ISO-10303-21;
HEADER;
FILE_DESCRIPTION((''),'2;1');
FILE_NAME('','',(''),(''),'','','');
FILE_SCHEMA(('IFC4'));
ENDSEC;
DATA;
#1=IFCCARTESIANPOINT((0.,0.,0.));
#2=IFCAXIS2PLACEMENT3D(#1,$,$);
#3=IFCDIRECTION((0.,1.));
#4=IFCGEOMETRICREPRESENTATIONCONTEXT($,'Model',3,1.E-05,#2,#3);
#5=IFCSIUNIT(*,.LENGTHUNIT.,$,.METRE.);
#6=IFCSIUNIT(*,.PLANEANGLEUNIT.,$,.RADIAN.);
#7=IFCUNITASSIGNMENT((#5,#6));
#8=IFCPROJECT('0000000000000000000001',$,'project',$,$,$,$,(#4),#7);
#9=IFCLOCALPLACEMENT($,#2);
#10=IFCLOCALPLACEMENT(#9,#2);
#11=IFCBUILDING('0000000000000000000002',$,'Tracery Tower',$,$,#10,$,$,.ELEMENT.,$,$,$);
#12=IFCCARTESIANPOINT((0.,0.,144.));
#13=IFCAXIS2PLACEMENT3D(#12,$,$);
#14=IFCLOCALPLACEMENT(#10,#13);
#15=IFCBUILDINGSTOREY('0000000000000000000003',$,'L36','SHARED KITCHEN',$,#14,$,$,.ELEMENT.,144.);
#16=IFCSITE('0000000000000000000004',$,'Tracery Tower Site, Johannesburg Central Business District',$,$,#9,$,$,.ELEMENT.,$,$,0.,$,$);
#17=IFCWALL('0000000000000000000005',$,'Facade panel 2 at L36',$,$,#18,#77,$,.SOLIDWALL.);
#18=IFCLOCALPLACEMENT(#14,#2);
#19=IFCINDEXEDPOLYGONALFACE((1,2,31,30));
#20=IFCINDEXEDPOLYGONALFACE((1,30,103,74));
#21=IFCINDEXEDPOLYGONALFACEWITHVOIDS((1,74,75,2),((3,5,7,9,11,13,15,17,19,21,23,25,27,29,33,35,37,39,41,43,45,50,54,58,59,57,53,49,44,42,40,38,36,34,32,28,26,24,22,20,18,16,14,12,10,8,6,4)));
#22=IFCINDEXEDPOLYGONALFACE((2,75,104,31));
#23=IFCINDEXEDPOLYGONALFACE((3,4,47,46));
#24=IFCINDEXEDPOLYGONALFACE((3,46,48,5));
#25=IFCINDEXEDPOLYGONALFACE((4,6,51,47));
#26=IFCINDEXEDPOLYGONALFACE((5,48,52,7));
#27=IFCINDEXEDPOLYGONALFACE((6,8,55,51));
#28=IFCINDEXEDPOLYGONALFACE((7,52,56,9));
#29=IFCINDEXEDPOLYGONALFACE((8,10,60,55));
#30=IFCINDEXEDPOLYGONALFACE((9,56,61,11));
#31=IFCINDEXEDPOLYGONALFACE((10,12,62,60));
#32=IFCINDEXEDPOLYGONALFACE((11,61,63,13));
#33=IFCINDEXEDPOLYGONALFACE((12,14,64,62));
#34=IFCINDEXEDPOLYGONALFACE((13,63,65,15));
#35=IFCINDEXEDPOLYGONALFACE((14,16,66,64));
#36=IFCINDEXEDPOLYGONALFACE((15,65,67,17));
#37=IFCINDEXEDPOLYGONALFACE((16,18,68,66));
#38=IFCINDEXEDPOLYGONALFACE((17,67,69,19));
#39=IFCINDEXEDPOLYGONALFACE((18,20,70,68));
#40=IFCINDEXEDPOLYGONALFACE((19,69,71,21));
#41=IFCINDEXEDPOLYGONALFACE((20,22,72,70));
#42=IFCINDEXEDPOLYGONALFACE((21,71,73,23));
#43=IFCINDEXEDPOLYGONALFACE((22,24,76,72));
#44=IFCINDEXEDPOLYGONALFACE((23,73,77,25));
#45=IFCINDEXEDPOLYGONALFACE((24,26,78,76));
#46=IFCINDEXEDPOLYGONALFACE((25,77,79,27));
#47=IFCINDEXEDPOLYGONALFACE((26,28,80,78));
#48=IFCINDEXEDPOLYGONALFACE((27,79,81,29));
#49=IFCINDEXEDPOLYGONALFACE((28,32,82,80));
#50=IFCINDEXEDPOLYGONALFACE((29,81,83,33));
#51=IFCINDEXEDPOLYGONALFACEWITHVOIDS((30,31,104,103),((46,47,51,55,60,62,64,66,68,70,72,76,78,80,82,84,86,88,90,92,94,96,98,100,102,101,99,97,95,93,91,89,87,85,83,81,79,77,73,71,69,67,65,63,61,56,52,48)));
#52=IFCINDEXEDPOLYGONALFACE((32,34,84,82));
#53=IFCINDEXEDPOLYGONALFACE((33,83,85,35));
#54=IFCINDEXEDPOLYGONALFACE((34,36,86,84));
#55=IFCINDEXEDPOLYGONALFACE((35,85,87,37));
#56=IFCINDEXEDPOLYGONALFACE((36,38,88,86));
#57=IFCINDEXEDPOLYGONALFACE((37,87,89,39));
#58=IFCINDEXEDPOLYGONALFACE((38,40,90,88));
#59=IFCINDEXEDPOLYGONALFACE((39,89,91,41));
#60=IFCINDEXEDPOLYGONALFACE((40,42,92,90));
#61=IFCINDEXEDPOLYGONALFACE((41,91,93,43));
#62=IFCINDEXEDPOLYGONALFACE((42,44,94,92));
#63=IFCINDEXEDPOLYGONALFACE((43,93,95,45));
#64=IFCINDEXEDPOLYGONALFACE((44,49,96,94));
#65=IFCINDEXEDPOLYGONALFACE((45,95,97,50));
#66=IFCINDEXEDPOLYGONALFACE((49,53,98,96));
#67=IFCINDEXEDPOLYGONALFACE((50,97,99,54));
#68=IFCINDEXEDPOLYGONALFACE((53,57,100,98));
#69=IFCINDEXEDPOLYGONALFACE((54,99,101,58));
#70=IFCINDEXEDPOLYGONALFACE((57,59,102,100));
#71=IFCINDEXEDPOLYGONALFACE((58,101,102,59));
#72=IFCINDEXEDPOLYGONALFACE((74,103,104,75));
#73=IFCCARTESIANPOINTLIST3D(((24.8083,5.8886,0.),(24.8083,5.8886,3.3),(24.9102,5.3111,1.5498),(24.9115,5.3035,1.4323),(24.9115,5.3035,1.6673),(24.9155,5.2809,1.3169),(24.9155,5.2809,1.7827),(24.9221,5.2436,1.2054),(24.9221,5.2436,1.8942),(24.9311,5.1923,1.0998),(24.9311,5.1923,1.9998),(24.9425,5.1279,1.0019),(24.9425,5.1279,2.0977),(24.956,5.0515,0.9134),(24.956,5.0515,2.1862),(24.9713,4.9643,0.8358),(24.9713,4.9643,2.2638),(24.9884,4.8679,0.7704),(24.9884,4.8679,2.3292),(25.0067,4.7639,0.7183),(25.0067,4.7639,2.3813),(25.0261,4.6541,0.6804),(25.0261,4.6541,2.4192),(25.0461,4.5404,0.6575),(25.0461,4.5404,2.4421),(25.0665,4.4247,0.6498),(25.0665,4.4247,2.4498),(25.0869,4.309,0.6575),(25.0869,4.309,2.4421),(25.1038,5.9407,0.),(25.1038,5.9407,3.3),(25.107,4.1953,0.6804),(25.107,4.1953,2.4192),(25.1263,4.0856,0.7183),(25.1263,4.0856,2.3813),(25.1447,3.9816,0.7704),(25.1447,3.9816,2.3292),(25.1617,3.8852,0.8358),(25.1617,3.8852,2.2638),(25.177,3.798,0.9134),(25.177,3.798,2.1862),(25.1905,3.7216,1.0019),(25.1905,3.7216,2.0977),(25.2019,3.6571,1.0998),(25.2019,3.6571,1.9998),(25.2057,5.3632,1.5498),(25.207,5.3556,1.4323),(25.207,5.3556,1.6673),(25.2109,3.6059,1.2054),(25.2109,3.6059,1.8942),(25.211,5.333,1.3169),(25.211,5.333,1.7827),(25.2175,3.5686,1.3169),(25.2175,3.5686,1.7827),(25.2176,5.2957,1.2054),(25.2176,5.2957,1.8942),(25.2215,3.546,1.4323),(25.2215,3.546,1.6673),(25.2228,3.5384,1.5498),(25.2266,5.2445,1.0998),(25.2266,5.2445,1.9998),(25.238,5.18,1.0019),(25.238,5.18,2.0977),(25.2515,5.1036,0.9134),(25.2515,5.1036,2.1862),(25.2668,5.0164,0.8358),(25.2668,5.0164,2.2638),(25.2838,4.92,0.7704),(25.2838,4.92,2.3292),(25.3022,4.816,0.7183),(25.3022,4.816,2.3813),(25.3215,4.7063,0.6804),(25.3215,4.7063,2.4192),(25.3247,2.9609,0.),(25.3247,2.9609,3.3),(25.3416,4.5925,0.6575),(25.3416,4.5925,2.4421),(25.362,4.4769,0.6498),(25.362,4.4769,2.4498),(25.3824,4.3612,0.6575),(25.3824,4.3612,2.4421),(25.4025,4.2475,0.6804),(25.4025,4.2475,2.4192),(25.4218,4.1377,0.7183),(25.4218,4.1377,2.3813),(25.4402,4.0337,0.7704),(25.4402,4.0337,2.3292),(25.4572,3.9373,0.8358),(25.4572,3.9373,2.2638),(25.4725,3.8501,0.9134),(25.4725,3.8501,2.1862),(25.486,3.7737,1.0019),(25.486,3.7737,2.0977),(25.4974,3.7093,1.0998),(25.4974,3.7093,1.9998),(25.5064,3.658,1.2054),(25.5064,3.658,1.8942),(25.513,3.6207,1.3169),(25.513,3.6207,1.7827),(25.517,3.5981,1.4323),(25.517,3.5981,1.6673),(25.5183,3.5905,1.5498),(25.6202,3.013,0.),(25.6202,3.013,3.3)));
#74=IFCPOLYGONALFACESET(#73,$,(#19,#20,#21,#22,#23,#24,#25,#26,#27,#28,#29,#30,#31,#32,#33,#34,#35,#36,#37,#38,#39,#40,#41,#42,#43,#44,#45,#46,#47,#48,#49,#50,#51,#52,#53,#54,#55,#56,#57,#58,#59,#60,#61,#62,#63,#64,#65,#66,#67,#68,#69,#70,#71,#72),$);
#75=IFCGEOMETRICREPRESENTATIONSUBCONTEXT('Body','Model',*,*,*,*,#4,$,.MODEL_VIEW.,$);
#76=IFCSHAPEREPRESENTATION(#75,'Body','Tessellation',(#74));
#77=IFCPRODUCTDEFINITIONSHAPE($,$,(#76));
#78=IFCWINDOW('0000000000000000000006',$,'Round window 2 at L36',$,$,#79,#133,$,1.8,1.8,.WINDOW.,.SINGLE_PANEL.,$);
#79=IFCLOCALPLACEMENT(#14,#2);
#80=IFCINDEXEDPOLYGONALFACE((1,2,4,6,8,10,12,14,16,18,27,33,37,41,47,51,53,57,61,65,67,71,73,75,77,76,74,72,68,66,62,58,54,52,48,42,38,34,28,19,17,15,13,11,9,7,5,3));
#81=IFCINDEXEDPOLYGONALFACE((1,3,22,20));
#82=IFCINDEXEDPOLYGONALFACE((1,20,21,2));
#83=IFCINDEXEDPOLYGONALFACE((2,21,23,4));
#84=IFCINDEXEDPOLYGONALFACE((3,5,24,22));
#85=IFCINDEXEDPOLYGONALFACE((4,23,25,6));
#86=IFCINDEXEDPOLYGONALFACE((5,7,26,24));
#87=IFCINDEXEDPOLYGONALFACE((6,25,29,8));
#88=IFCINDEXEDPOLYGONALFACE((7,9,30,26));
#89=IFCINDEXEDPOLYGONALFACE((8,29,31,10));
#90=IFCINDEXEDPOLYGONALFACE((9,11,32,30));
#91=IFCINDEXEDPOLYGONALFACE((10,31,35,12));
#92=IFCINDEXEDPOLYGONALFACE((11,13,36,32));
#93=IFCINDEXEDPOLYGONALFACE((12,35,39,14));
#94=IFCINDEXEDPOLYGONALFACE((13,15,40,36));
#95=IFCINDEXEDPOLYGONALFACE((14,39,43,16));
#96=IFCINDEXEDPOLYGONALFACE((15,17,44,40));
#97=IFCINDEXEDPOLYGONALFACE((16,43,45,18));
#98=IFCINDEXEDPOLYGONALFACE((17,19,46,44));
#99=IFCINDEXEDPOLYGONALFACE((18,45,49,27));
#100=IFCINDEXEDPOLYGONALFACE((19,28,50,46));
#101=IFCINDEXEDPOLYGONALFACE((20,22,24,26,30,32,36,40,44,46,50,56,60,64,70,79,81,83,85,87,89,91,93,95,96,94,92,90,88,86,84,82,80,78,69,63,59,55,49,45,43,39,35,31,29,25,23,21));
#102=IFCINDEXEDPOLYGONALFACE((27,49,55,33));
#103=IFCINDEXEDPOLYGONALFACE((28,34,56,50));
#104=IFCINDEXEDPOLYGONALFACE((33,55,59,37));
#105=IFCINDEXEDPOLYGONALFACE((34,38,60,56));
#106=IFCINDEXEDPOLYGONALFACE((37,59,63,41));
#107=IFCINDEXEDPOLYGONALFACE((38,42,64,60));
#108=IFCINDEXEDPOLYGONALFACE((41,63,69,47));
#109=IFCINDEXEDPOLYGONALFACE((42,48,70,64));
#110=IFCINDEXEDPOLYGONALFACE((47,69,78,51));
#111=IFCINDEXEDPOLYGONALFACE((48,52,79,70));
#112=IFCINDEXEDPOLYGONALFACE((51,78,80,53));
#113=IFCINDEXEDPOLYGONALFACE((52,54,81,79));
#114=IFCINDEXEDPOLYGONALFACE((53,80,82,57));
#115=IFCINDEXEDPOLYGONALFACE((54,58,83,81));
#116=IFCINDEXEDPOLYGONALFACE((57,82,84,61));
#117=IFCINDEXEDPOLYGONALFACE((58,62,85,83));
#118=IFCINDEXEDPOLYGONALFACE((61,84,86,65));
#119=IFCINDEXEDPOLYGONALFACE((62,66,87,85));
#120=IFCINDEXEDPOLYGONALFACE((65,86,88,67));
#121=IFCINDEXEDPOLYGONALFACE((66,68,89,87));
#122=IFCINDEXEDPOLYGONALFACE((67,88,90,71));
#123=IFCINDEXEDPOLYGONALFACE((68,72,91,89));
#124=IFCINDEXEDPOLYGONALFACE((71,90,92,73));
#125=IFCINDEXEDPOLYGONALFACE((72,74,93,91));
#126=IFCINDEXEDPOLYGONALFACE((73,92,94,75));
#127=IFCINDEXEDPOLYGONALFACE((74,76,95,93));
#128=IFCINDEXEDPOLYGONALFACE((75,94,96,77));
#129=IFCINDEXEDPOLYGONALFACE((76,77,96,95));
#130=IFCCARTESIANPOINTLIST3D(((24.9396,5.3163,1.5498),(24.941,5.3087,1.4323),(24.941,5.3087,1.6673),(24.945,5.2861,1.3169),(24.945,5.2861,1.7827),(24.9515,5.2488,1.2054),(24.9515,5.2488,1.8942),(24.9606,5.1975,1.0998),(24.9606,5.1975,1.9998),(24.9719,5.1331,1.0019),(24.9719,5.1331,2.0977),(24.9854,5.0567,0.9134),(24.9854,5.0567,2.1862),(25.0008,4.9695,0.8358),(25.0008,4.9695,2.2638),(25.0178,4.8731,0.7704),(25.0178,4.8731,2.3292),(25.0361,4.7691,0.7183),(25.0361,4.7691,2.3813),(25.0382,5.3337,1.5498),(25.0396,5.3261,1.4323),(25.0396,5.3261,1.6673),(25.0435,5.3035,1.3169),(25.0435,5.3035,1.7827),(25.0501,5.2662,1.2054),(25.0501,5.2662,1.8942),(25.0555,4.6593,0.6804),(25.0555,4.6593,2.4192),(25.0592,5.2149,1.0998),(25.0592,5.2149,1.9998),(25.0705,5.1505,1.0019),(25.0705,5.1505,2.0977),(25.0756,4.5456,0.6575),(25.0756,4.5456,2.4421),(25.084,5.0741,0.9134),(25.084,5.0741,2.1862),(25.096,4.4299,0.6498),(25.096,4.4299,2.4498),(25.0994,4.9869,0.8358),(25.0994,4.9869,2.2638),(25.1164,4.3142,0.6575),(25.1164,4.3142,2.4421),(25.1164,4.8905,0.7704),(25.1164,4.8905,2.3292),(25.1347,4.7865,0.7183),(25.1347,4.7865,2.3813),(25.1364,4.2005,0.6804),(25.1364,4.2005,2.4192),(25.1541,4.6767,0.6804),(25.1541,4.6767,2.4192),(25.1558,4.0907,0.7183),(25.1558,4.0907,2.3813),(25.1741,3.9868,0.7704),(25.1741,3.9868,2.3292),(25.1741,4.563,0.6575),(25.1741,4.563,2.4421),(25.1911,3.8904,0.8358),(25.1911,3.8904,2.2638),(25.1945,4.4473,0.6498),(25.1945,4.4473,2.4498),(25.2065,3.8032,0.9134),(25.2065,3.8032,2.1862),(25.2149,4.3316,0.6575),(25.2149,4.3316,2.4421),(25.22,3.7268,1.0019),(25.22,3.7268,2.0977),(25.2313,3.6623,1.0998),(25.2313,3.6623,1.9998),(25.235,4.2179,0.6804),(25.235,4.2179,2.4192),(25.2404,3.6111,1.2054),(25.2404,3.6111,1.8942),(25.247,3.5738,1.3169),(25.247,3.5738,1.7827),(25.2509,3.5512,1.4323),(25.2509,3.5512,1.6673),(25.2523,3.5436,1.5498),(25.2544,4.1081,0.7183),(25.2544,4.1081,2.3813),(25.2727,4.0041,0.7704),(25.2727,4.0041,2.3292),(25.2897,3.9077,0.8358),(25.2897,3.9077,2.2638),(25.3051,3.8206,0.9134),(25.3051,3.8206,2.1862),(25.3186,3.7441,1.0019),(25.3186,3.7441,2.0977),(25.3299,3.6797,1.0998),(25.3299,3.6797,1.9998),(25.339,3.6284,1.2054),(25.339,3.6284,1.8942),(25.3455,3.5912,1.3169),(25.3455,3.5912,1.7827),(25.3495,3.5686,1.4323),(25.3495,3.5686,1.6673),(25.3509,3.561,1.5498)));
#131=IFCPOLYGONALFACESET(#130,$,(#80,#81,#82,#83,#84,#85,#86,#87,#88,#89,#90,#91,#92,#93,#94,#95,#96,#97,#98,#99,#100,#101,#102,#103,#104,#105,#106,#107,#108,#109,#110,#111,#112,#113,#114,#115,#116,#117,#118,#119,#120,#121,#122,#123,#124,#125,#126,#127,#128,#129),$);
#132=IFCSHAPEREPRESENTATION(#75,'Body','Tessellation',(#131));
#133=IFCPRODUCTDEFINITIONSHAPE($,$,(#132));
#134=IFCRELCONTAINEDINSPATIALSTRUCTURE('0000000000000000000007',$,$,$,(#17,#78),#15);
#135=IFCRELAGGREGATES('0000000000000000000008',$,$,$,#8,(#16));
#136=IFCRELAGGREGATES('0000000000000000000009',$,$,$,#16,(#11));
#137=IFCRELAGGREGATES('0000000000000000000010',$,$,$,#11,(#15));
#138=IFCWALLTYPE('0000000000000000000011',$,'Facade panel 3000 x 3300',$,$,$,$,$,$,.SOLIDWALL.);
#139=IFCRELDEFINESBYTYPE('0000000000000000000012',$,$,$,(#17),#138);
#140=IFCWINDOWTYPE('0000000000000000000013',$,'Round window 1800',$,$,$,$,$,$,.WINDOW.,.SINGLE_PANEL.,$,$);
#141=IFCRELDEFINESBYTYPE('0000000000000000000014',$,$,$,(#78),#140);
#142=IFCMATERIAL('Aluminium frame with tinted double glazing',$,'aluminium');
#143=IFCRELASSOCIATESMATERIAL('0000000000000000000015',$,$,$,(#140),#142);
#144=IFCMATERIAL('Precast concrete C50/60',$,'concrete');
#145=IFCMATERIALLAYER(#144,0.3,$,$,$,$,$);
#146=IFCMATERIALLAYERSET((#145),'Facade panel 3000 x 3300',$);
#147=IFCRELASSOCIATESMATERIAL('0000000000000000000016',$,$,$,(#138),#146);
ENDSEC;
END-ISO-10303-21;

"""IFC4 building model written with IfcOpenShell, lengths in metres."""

from ifc_helpers import new_model, si_unit, direction, frame, frame_2d, origin, origin_2d, place, context, subcontext, project, spatial, rectangle, circle, extrude, material, layer, layer_set, type_object, element, fill, save


model = new_model("IFC4")

# Units and contexts
model_context = context("Model", 3, precision=1e-05, world=origin(), true_north=direction((0.0, 1.0)))
body_context = subcontext(model_context, "Body", "Model", "MODEL_VIEW")
ifc_project = project(units=[si_unit("LENGTHUNIT", "METRE"), si_unit("PLANEANGLEUNIT", "RADIAN")], contexts=[model_context])

# Site, building, storey
site_placement = place(None, origin())
site = spatial("IfcSite", under=ifc_project, at=site_placement, Name="Tracery Tower Site, Johannesburg Central Business District", CompositionType="ELEMENT", RefElevation=0.0)
building_placement = place(site_placement, origin())
building = spatial("IfcBuilding", under=site, at=building_placement, Name="Tracery Tower", CompositionType="ELEMENT")
storey_placement = place(building_placement, frame((0.0, 0.0, 144.0)))
storey = spatial("IfcBuildingStorey", under=building, at=storey_placement, Name="L36", Description="SHARED KITCHEN", CompositionType="ELEMENT", Elevation=144.0)

# Wall, opening, window
ifc_material_1 = material(Name="Aluminium frame with tinted double glazing", Category="aluminium")
window_type = type_object("IfcWindowType", Name="Round window 1800", PartitioningType="SINGLE_PANEL", PredefinedType="WINDOW", material=ifc_material_1)
ifc_material_2 = material(Name="Precast concrete C50/60", Category="concrete")
ifc_layer_1 = layer(ifc_material_2, 0.3)
ifc_layer_set_1 = layer_set([ifc_layer_1], Name="Facade panel 3000 x 3300")
wall_type_1 = type_object("IfcWallType", Name="Facade panel 3000 x 3300", PredefinedType="SOLIDWALL", material=ifc_layer_set_1)
wall_1_placement = place(storey_placement, frame((25.4724, 2.9871, 0.0), z_axis=(0.0, 0.0, 1.0), x_axis=(-0.173687, 0.984801, 0.0)))
wall_1 = element("IfcWall", 1, at=wall_1_placement, inside=storey, type_object=wall_type_1, Name="Facade panel 2 at L36", PredefinedType="SOLIDWALL", context=body_context, shape_type="SweptSolid", body=[
    extrude(rectangle(XDim=2.9729, YDim=0.3, at=frame_2d((1.4863, 0.0))), origin(), (0.0, 0.0, 1.0), 3.3),
])
opening_1_placement = place(wall_1_placement, frame((1.4863, 0.0, 1.5498)))
opening_1 = element("IfcOpeningElement", 2, at=opening_1_placement, cuts=wall_1, PredefinedType="OPENING", context=body_context, shape_type="SweptSolid", body=[
    extrude(circle(Radius=0.9, at=origin_2d()), frame((0.0, 0.1599, 0.0), z_axis=(0.0, -1.0, 0.0), x_axis=(1.0, 0.0, 0.0)), (0.0, 0.0, 1.0), 0.3201),
])
window_1_placement = place(opening_1_placement, origin())
window_1 = element("IfcWindow", 3, at=window_1_placement, inside=storey, type_object=window_type, Name="Round window 2 at L36", OverallHeight=1.8, OverallWidth=1.8, PartitioningType="SINGLE_PANEL", PredefinedType="WINDOW", context=body_context, shape_type="SweptSolid", body=[
    extrude(circle(Radius=0.9, at=origin_2d()), frame((0.0, 0.1201, 0.0), z_axis=(0.0, -1.0, 0.0), x_axis=(1.0, 0.0, 0.0)), (0.0, 0.0, 1.0), 0.1001),
])
fill(opening_1, window_1)

save(model, "model.ifc")
